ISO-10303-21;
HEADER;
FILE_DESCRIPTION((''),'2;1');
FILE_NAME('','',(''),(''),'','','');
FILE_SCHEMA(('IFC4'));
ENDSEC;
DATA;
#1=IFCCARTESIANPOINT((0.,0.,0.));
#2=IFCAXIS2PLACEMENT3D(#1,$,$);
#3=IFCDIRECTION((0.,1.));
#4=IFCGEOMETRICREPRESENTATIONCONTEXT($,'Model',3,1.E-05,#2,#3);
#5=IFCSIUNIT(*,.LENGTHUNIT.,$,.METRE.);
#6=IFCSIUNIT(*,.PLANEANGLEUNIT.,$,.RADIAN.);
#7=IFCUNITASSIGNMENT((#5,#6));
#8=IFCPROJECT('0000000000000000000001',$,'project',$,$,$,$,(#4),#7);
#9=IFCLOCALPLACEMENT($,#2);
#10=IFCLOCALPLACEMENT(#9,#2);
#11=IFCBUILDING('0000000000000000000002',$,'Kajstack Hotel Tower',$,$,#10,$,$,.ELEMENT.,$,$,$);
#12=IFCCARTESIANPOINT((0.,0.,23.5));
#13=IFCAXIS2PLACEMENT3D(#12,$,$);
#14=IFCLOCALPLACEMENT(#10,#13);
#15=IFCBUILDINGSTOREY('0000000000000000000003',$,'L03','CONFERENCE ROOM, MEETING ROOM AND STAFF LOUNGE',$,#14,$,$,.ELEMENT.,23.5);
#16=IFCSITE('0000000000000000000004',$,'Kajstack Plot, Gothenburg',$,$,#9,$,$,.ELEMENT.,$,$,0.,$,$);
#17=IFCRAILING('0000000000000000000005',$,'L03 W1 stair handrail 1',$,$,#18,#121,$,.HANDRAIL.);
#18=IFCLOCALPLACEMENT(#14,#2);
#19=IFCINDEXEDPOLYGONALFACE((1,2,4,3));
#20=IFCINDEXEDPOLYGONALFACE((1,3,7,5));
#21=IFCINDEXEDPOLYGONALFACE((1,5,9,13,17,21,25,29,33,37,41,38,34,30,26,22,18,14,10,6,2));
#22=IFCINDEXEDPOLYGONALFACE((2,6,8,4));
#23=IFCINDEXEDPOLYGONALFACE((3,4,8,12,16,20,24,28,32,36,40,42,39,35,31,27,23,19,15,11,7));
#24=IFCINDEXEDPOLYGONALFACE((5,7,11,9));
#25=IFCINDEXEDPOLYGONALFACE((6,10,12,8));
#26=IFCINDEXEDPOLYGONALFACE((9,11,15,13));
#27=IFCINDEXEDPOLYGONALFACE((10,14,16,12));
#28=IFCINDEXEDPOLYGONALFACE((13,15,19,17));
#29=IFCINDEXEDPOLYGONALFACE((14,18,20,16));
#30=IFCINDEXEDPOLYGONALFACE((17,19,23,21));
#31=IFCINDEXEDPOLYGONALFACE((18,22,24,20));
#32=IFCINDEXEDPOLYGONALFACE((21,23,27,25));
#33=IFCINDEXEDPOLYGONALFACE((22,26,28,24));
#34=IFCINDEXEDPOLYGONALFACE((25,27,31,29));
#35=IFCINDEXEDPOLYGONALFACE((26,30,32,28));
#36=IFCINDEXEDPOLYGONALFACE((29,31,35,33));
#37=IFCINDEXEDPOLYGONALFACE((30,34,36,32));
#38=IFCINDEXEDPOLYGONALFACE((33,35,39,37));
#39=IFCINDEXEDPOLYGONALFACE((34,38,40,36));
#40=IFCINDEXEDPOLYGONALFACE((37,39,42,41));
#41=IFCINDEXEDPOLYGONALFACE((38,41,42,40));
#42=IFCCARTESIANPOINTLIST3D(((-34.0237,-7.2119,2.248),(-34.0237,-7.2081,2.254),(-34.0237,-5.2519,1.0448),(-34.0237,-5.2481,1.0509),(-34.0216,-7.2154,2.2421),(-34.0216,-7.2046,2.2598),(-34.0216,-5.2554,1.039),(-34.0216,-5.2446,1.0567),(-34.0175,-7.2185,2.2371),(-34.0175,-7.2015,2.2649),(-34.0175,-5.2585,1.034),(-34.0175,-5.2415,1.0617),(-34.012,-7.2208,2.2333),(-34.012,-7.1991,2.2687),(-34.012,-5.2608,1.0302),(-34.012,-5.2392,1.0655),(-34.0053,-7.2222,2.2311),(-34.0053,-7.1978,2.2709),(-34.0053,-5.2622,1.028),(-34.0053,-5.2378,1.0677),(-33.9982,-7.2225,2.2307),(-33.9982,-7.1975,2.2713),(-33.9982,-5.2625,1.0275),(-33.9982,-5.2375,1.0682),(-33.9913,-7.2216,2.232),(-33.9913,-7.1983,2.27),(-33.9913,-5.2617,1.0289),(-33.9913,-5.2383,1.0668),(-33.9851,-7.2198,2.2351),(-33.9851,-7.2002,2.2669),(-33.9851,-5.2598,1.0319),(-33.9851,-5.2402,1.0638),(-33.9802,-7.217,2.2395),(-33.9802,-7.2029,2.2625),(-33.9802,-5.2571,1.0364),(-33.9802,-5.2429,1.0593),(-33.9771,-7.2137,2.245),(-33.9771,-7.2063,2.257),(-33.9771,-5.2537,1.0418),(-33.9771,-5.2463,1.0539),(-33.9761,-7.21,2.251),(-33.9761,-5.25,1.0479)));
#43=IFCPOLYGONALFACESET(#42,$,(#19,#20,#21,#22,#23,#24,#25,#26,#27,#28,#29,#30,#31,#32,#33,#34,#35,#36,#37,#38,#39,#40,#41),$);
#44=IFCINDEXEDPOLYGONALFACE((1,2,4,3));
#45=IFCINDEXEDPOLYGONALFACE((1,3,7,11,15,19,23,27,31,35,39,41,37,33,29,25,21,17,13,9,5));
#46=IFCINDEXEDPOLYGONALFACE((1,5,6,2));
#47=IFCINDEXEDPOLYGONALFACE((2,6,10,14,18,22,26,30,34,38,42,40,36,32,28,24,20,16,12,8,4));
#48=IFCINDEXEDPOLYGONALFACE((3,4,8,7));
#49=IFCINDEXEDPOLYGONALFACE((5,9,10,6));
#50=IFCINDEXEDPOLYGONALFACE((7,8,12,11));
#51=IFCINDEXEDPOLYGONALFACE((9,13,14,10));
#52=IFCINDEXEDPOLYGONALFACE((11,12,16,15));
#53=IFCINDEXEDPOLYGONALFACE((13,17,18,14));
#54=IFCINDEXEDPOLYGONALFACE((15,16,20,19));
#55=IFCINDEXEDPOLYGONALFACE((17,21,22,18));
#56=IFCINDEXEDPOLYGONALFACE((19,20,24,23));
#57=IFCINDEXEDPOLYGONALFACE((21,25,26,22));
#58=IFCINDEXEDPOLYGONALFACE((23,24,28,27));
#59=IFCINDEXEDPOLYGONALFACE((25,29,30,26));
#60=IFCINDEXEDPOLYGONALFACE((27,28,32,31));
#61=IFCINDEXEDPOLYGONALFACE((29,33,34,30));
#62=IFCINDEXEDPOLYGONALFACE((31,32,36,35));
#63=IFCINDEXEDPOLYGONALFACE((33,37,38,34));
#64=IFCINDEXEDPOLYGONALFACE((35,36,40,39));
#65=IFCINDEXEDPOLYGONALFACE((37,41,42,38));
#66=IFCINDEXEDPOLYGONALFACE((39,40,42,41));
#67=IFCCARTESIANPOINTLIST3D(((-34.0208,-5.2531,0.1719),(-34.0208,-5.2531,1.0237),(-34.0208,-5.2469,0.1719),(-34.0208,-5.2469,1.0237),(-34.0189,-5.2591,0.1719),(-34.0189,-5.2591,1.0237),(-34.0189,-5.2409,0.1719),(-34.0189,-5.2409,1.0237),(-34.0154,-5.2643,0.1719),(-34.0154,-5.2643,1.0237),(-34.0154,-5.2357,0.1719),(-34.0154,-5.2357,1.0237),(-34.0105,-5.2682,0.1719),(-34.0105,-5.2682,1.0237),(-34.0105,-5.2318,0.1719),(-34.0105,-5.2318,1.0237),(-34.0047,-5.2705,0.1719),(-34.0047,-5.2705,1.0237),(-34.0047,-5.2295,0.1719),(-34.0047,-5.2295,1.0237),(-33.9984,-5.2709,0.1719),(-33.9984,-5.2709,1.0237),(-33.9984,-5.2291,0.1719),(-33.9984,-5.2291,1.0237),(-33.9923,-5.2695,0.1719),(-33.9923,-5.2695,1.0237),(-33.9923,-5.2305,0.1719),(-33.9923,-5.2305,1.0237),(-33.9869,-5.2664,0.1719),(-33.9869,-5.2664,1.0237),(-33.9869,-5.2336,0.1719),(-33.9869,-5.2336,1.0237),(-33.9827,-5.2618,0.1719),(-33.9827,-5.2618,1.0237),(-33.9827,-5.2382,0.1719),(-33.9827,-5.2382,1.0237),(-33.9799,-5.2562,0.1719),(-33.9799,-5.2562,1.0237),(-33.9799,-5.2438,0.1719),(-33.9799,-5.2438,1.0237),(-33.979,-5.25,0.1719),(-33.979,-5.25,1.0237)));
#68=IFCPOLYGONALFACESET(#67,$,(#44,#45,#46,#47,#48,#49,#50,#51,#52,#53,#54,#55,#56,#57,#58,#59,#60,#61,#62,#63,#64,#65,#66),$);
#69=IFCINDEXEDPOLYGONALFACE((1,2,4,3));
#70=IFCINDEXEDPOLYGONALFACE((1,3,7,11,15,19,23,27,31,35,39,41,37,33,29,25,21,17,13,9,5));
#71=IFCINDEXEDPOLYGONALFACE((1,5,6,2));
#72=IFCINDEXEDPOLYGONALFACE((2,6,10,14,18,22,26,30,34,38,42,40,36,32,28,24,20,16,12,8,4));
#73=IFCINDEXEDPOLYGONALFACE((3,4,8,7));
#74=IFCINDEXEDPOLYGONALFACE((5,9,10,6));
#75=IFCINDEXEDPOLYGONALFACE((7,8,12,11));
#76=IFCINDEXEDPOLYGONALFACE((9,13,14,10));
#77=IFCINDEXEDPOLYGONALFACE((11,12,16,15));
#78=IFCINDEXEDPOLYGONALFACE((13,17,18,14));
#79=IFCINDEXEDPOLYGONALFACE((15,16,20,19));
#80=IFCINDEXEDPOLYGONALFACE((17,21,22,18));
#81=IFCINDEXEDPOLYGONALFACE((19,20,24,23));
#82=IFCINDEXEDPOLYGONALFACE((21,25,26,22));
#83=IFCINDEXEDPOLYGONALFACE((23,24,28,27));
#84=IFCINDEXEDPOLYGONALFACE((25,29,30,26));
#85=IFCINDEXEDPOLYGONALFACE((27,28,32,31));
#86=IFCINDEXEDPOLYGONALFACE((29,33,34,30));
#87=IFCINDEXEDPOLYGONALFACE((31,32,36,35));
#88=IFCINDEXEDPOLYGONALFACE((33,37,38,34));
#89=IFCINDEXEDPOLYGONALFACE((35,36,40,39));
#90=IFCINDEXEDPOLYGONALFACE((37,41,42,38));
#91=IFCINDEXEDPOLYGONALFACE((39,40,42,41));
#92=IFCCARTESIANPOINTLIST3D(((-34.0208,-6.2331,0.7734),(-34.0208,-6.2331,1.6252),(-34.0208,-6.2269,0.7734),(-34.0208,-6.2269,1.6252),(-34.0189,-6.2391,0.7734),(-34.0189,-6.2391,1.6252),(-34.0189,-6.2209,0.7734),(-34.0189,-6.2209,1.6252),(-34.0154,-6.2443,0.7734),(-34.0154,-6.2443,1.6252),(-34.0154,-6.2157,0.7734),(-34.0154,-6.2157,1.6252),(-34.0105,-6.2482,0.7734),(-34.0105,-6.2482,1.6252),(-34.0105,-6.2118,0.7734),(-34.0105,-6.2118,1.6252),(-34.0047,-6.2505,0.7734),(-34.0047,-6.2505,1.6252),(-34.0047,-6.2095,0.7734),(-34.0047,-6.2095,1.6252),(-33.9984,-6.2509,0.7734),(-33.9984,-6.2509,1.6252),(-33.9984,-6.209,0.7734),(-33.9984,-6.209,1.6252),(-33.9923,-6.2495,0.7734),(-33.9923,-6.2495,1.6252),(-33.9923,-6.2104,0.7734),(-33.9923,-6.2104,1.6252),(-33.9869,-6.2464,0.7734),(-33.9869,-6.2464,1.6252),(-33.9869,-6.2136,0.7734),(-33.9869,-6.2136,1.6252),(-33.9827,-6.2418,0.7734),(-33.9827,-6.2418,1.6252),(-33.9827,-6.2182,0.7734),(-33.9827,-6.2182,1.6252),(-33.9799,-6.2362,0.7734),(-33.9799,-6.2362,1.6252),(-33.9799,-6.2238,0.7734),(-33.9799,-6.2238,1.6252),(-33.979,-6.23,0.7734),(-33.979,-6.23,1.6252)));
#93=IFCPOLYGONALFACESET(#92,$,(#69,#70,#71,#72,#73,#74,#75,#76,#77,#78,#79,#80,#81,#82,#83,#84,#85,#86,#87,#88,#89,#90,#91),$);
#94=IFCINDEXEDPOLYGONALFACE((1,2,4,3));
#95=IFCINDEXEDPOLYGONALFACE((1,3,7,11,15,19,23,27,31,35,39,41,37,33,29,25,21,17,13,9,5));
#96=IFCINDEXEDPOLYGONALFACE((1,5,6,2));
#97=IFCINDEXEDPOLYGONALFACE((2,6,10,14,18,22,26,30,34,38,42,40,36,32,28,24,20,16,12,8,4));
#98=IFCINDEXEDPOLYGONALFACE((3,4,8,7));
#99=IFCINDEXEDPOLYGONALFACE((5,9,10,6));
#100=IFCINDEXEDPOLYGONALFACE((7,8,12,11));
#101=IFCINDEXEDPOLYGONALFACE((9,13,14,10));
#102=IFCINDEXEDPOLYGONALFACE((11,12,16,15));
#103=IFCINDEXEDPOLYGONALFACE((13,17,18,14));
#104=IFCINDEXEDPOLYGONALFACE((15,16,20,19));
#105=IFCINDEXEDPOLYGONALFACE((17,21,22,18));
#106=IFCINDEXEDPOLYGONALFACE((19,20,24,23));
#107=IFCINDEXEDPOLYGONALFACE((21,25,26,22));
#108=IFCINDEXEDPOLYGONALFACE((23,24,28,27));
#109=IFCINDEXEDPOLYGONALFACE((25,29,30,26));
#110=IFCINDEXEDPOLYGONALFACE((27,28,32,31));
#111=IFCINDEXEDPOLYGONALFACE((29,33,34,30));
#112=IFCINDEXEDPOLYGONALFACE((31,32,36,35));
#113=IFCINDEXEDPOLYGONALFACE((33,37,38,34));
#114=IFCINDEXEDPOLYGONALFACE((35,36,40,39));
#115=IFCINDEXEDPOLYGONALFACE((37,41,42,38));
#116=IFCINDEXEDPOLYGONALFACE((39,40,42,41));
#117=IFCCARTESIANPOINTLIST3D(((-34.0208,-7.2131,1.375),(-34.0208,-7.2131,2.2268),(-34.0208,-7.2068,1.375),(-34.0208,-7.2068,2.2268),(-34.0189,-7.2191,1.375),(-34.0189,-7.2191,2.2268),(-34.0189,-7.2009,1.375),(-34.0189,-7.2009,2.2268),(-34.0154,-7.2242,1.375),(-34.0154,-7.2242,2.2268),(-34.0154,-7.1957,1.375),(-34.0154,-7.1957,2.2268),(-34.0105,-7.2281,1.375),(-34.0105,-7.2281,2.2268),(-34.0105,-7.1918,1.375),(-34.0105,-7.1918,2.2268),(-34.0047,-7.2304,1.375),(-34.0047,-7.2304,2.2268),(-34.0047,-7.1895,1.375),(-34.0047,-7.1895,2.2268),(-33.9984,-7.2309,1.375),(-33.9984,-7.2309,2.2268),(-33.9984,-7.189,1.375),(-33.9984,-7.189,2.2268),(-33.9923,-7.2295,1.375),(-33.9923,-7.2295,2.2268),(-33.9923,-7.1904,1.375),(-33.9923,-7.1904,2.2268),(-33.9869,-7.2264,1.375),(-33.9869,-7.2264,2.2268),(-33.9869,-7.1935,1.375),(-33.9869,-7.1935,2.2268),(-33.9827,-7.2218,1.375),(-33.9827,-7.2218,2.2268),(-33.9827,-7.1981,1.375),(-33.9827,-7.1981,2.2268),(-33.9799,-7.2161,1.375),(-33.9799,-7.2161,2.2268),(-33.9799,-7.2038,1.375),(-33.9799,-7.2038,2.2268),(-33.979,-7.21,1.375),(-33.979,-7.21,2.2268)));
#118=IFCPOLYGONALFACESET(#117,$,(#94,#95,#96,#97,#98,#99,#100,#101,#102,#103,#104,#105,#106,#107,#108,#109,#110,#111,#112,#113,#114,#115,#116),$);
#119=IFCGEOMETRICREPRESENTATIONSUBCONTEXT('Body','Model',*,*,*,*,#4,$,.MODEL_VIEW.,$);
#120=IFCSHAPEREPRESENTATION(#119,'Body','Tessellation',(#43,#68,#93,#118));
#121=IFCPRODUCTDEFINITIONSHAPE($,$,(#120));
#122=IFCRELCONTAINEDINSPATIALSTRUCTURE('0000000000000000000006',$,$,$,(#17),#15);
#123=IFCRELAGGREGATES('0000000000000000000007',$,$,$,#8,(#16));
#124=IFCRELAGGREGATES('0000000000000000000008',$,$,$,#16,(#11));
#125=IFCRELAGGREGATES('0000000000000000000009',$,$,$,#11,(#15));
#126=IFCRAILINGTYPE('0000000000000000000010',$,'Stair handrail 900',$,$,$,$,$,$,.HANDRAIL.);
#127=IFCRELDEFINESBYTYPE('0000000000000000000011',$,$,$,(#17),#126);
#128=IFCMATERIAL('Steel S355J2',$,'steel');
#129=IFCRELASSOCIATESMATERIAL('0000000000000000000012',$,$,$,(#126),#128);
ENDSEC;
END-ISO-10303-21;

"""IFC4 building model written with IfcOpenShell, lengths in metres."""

from ifc_helpers import new_model, si_unit, direction, frame, origin, origin_2d, place, context, subcontext, project, spatial, circle, extrude, material, type_object, element, save


model = new_model("IFC4")

# Units and contexts
model_context = context("Model", 3, precision=1e-05, world=origin(), true_north=direction((0.0, 1.0)))
body_context = subcontext(model_context, "Body", "Model", "MODEL_VIEW")
ifc_project = project(units=[si_unit("LENGTHUNIT", "METRE"), si_unit("PLANEANGLEUNIT", "RADIAN")], contexts=[model_context])

# Site, building, storey
site_placement = place(None, origin())
site = spatial("IfcSite", under=ifc_project, at=site_placement, Name="Kajstack Plot, Gothenburg", CompositionType="ELEMENT", RefElevation=0.0)
building_placement = place(site_placement, origin())
building = spatial("IfcBuilding", under=site, at=building_placement, Name="Kajstack Hotel Tower", CompositionType="ELEMENT")
storey_placement = place(building_placement, frame((0.0, 0.0, 23.5)))
storey = spatial("IfcBuildingStorey", under=building, at=storey_placement, Name="L03", Description="CONFERENCE ROOM, MEETING ROOM AND STAFF LOUNGE", CompositionType="ELEMENT", Elevation=23.5)

# Railing
ifc_material_1 = material(Name="Steel S355J2", Category="steel")
railing_type_1 = type_object("IfcRailingType", Name="Stair handrail 900", PredefinedType="HANDRAIL", material=ifc_material_1)
railing_1_placement = place(storey_placement, frame((-34.0, -5.25, 0.1719)))
element("IfcRailing", 1, at=railing_1_placement, inside=storey, type_object=railing_type_1, Name="L03 W1 stair handrail 1", PredefinedType="HANDRAIL", context=body_context, shape_type="SweptSolid", body=[
    extrude(circle(Radius=0.0239, at=origin_2d()), frame((0.0, 0.0, 0.876), z_axis=(0.0, -0.852241, 0.523149), x_axis=(1.0, 0.0, 0.0)), (0.0, 0.0, 1.0), 2.2998),
    extrude(circle(Radius=0.021, at=origin_2d()), origin(), (0.0, 0.0, 1.0), 0.8518),
    extrude(circle(Radius=0.021, at=origin_2d()), frame((0.0, -0.98, 0.6016)), (0.0, 0.0, 1.0), 0.8518),
    extrude(circle(Radius=0.021, at=origin_2d()), frame((0.0, -1.96, 1.2031)), (0.0, 0.0, 1.0), 0.8518),
])

save(model, "model.ifc")
